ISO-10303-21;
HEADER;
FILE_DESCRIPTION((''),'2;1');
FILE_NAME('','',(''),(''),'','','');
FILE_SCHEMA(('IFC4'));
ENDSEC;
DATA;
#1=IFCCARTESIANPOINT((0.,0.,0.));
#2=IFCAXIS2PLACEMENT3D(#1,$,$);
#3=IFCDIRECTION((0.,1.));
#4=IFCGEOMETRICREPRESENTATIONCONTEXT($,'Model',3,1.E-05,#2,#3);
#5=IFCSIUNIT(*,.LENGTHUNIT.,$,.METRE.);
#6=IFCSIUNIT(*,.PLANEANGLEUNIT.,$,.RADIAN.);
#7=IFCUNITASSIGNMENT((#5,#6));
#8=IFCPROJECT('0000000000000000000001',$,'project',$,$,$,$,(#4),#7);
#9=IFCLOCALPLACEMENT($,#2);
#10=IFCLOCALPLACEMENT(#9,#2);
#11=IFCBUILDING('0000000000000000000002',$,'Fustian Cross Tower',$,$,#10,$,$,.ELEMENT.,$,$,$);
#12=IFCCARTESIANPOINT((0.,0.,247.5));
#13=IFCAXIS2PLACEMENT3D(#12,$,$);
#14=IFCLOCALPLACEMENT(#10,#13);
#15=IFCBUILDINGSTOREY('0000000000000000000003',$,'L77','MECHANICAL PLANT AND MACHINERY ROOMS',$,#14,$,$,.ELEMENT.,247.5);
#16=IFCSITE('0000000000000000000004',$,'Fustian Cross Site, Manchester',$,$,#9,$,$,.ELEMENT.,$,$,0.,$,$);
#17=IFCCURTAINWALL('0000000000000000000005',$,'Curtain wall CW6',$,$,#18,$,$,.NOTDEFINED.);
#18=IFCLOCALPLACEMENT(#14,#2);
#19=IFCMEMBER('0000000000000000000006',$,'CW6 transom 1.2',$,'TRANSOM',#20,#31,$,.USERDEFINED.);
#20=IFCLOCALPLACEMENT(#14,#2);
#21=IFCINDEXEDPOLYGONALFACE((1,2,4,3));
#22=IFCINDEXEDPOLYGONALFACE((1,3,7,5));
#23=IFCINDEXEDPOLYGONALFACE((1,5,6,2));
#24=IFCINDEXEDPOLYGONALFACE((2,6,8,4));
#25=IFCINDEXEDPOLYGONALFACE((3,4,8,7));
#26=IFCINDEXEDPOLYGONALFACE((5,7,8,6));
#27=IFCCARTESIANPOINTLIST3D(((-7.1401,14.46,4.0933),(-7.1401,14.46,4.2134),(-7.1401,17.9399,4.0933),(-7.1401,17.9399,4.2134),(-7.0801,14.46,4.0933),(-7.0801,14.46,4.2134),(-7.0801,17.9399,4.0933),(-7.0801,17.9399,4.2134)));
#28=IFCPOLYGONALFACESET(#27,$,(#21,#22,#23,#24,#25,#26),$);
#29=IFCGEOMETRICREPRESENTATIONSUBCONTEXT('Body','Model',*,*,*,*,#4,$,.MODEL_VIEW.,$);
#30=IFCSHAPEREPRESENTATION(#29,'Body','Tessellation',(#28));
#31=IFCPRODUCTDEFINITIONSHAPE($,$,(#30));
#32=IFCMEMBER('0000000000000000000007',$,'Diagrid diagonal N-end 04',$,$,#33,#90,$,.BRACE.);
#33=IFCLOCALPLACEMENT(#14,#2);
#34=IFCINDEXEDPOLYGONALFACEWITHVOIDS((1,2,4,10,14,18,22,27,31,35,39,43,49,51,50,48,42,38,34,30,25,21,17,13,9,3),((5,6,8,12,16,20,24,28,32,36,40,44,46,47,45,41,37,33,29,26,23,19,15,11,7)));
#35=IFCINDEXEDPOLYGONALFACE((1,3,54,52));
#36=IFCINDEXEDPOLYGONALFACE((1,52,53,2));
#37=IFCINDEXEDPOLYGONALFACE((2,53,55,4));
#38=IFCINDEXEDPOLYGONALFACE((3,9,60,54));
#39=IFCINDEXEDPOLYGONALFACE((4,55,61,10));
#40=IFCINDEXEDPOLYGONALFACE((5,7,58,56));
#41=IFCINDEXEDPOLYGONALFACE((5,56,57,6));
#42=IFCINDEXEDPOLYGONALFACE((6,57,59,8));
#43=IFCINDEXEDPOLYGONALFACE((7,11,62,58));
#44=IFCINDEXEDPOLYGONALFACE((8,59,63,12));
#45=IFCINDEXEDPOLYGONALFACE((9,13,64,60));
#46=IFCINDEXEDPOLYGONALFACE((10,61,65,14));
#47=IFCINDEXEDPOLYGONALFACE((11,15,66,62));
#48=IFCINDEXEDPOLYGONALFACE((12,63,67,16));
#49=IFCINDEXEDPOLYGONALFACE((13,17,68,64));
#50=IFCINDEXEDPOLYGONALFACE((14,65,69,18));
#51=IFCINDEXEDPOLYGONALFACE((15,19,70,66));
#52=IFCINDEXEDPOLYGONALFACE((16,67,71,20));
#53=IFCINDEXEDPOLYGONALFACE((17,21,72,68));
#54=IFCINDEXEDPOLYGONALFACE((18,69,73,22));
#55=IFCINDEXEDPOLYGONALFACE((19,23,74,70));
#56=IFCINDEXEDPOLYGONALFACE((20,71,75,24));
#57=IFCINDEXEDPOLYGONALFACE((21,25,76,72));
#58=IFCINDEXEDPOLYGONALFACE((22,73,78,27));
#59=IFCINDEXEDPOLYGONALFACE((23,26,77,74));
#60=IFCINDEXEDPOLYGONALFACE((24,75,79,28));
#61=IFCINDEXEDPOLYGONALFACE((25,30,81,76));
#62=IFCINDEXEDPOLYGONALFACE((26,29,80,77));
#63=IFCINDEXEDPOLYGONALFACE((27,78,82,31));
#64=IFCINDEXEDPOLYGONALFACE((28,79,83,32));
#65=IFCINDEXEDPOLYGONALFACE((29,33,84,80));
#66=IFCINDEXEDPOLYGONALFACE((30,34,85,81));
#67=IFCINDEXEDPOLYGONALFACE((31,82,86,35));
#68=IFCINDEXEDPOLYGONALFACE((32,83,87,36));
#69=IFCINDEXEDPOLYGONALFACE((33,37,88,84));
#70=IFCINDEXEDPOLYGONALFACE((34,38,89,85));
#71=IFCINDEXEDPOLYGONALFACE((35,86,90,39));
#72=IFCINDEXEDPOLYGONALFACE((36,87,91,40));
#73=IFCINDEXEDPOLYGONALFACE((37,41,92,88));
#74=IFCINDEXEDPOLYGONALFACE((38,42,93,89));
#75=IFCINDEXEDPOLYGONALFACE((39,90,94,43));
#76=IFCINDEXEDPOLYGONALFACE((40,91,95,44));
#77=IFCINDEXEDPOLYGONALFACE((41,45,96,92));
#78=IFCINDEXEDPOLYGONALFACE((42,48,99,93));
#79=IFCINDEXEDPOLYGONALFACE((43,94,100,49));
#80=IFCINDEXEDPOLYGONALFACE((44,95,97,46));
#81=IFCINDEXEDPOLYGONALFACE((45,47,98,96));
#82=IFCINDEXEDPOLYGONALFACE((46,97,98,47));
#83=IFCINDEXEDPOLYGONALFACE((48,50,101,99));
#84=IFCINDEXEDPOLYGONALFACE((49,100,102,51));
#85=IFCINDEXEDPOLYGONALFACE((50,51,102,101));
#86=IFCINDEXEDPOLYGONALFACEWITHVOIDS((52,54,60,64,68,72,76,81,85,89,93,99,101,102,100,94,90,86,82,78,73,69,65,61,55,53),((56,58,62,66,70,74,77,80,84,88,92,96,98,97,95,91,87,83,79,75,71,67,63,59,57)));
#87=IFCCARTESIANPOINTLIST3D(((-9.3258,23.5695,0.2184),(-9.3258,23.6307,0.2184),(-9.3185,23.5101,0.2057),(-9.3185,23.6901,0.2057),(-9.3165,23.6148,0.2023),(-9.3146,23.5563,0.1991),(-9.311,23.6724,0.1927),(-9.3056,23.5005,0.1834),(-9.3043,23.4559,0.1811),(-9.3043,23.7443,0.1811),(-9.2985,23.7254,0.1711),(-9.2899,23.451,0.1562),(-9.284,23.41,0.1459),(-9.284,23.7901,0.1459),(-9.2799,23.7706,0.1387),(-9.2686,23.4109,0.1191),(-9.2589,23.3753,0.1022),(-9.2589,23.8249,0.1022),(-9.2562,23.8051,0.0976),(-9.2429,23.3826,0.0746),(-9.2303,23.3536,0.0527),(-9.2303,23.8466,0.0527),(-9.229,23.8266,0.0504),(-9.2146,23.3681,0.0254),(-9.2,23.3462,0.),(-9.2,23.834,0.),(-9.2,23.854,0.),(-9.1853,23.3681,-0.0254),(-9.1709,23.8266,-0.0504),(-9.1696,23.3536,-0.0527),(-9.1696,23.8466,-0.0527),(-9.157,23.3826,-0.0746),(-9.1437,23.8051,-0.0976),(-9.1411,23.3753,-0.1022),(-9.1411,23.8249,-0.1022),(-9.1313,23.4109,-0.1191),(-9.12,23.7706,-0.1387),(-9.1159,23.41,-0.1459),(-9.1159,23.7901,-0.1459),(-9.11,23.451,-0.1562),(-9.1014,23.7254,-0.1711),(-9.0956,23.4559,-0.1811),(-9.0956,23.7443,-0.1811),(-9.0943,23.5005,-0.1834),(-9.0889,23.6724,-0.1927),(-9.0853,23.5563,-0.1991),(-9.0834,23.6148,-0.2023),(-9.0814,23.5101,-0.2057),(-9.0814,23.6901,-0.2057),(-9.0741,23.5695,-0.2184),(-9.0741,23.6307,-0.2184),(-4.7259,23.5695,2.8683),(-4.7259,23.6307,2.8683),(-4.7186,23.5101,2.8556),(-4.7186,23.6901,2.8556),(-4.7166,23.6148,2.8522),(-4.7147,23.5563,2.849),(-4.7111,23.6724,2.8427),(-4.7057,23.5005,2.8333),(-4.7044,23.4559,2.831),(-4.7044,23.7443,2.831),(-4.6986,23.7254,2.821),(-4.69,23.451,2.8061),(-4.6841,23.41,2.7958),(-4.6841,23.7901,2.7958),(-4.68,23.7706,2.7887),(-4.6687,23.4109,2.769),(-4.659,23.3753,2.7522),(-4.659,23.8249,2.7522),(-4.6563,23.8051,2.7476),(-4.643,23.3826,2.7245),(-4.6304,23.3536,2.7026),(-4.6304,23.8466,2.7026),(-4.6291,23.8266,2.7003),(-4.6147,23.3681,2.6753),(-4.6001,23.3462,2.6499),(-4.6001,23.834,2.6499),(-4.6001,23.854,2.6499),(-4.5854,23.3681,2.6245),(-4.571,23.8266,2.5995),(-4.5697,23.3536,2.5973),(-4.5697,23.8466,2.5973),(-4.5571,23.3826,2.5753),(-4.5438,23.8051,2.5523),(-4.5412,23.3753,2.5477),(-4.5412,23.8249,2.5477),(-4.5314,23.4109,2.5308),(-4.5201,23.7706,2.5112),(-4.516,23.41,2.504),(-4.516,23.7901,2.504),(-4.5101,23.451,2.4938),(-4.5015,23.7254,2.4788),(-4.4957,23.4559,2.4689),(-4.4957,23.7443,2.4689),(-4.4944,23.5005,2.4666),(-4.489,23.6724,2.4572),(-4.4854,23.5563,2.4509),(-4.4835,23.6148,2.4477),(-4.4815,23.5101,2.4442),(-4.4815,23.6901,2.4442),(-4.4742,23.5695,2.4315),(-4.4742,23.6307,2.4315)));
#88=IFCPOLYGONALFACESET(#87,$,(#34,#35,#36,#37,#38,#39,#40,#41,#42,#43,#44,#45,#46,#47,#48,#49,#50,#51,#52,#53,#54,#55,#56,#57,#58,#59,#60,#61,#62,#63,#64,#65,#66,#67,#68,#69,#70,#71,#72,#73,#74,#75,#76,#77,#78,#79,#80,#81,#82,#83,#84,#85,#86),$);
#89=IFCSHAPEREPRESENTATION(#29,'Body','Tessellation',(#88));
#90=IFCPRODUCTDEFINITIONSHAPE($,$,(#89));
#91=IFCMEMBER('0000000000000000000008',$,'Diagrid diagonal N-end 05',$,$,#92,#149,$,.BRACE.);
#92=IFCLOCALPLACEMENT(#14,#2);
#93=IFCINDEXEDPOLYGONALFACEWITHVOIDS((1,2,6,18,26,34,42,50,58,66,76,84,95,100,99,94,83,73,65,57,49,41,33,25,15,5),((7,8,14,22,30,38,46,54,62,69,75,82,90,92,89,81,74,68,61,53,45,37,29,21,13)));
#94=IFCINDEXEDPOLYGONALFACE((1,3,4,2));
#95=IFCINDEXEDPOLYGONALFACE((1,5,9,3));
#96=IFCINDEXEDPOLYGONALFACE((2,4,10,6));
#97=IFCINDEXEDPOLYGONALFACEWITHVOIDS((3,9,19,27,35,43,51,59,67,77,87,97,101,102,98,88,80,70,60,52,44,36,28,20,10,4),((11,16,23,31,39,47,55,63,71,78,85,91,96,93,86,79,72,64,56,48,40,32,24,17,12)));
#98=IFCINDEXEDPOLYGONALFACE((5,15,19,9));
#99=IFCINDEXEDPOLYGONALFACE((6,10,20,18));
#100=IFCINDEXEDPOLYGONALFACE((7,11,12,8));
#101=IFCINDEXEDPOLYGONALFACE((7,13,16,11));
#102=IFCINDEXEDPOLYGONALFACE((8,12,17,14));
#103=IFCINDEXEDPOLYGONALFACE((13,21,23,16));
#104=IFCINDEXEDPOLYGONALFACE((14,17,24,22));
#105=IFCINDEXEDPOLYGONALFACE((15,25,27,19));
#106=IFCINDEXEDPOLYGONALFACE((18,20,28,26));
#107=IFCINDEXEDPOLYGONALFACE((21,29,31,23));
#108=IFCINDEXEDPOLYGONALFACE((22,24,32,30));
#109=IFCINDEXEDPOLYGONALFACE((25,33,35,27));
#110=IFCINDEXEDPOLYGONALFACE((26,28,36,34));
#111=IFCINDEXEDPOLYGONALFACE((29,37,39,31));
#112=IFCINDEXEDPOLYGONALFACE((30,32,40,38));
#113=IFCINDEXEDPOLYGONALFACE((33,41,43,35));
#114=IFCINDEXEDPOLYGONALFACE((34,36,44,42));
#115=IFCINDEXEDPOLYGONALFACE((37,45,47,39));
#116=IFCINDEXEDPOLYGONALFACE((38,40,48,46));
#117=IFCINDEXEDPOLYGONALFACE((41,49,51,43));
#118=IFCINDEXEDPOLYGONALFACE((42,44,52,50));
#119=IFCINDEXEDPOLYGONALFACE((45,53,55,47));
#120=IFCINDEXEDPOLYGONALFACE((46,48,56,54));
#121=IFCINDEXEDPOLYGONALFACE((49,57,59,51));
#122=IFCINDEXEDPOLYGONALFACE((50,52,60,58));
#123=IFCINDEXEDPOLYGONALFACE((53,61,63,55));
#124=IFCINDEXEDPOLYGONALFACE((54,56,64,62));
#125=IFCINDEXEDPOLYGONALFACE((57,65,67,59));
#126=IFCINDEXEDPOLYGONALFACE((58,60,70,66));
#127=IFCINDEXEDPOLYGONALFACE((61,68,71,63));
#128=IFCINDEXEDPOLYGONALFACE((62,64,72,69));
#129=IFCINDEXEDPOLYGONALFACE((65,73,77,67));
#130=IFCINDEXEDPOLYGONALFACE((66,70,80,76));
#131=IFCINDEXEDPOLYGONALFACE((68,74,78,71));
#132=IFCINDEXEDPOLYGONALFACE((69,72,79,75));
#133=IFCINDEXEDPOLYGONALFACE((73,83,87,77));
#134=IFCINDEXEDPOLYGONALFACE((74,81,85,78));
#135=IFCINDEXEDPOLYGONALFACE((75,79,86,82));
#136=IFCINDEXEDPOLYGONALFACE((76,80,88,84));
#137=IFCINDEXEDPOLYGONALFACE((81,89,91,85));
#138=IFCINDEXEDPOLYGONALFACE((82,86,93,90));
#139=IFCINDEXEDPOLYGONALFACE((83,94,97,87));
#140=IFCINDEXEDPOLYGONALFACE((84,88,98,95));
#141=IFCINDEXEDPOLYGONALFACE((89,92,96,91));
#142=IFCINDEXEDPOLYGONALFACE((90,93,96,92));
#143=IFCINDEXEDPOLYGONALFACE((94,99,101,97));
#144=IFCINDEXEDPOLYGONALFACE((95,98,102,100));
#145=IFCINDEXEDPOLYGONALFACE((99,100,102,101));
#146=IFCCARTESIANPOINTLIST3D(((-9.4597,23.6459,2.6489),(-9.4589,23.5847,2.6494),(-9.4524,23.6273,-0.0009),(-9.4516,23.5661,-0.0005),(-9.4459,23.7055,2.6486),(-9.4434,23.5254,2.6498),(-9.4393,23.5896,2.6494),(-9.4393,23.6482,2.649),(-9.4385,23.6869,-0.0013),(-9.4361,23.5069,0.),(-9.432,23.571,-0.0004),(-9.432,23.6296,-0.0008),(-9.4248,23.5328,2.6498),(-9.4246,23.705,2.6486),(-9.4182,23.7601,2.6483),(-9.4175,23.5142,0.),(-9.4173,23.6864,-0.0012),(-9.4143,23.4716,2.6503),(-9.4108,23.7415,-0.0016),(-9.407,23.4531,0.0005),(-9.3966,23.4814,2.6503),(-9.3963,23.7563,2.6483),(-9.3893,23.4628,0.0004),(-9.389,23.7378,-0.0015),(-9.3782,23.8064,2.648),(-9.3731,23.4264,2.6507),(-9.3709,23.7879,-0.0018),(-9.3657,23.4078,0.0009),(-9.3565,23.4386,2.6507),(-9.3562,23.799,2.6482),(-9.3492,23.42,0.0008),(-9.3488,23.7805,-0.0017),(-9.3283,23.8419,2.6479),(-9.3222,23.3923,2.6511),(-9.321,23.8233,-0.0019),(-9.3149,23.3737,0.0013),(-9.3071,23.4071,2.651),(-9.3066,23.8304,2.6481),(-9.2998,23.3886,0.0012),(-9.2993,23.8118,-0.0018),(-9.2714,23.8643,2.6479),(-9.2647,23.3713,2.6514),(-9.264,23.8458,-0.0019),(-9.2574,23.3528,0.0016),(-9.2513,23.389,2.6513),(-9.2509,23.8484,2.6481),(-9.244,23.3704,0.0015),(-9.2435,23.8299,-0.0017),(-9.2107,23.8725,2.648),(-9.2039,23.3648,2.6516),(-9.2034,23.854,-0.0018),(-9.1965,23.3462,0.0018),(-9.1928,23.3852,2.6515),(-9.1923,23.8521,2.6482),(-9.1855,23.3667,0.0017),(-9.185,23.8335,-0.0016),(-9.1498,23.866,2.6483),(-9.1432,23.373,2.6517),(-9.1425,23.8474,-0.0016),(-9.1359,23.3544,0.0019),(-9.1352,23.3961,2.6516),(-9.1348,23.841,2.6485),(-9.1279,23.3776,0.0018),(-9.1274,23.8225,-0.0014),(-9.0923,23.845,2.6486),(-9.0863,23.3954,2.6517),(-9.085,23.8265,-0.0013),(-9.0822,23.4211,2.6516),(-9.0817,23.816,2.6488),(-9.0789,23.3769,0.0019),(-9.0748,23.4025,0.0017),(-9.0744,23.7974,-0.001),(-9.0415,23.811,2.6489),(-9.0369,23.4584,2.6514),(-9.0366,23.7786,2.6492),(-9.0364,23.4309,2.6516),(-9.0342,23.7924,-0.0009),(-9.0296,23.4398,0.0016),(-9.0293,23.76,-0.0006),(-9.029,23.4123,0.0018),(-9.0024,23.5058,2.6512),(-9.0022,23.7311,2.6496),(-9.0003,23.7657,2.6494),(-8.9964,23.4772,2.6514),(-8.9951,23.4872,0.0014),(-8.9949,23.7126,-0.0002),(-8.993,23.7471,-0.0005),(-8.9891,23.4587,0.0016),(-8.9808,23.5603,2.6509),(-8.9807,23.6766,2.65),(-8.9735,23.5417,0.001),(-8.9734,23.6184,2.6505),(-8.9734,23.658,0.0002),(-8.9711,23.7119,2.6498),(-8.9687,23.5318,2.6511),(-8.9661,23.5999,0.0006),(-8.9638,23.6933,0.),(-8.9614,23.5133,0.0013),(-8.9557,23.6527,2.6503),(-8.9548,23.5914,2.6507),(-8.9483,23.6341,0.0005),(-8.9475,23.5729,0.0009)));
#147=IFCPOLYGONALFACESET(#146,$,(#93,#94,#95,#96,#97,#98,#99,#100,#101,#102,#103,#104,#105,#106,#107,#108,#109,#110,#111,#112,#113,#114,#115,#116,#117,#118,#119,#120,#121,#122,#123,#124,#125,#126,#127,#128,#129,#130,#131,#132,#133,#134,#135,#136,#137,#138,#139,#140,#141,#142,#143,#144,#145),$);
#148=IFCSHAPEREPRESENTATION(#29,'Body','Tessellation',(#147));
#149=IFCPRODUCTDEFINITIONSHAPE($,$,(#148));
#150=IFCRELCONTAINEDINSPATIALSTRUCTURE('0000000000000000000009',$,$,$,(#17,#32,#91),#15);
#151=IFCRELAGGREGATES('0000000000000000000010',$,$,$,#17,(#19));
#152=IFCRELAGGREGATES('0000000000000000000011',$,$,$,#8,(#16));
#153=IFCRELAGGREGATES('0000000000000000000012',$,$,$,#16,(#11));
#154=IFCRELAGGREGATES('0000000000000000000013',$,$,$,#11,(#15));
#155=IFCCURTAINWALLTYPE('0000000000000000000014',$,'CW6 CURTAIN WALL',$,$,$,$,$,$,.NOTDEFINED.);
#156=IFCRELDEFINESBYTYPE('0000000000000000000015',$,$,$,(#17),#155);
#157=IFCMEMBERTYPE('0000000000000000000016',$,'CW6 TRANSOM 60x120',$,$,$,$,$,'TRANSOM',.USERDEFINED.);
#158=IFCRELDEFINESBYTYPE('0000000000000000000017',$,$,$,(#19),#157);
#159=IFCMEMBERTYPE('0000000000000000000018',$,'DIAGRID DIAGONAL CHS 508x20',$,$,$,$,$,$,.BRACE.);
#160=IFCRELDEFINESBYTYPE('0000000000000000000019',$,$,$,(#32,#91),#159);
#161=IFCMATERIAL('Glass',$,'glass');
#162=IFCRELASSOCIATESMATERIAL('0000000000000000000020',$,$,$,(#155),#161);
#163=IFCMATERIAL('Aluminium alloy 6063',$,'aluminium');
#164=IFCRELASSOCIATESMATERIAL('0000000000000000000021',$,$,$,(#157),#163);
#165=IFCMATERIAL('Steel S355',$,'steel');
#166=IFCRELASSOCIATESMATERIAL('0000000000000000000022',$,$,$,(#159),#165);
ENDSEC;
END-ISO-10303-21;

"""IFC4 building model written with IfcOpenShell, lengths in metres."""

from ifc_helpers import new_model, si_unit, direction, frame, origin, origin_2d, place, context, subcontext, project, spatial, rectangle, hollow_circle, extrude, material, material_profile, profile_set, type_object, element, aggregate, save


model = new_model("IFC4")

# Units and contexts
model_context = context("Model", 3, precision=1e-05, world=origin(), true_north=direction((0.0, 1.0)))
body_context = subcontext(model_context, "Body", "Model", "MODEL_VIEW")
ifc_project = project(units=[si_unit("LENGTHUNIT", "METRE"), si_unit("PLANEANGLEUNIT", "RADIAN")], contexts=[model_context])

# Site, building, storey
site_placement = place(None, origin())
site = spatial("IfcSite", under=ifc_project, at=site_placement, Name="Fustian Cross Site, Manchester", CompositionType="ELEMENT", RefElevation=0.0)
building_placement = place(site_placement, origin())
building = spatial("IfcBuilding", under=site, at=building_placement, Name="Fustian Cross Tower", CompositionType="ELEMENT")
storey_placement = place(building_placement, frame((0.0, 0.0, 247.5)))
storey = spatial("IfcBuildingStorey", under=building, at=storey_placement, Name="L77", Description="MECHANICAL PLANT AND MACHINERY ROOMS", CompositionType="ELEMENT", Elevation=247.5)

# Shared definitions
ifc_material_1 = material(Name="Glass", Category="glass")
curtain_wall_type = type_object("IfcCurtainWallType", Name="CW6 CURTAIN WALL", PredefinedType="NOTDEFINED", material=ifc_material_1)

# Curtain wall
curtain_wall_1_placement = place(storey_placement, origin())
curtain_wall_1 = element("IfcCurtainWall", 1, at=curtain_wall_1_placement, inside=storey, type_object=curtain_wall_type, Name="Curtain wall CW6", PredefinedType="NOTDEFINED")

# Member
ifc_material_2 = material(Name="Aluminium alloy 6063", Category="aluminium")
ifc_material_profile_1 = material_profile(ifc_material_2, rectangle(XDim=0.0601, YDim=0.1201, at=origin_2d()), Name="CW6 TRANSOM 60x120")
ifc_profile_set_1 = profile_set([ifc_material_profile_1], Name="Aluminium alloy 6063")
member_type_1 = type_object("IfcMemberType", Name="CW6 TRANSOM 60x120", ElementType="TRANSOM", PredefinedType="USERDEFINED", material=ifc_profile_set_1)
member_1_placement = place(storey_placement, frame((-7.1101, 17.9399, 4.1533), z_axis=(0.0, -1.0, 0.0), x_axis=(1.0, 0.0, 0.0)))
member_1 = element("IfcMember", 2, at=member_1_placement, type_object=member_type_1, Name="CW6 transom 1.2", ObjectType="TRANSOM", PredefinedType="USERDEFINED", context=body_context, shape_type="SweptSolid", body=[
    extrude(rectangle(XDim=0.0601, YDim=0.1201, at=origin_2d()), origin(), (0.0, 0.0, 1.0), 3.48),
])
aggregate(curtain_wall_1, [member_1])

# Members
ifc_material_3 = material(Name="Steel S355", Category="steel")
ifc_material_profile_2 = material_profile(ifc_material_3, hollow_circle(Radius=0.2539, WallThickness=0.02, at=origin_2d()), Name="CHS 508x20")
ifc_profile_set_2 = profile_set([ifc_material_profile_2], Name="Steel S355")
member_type_2 = type_object("IfcMemberType", Name="DIAGRID DIAGONAL CHS 508x20", PredefinedType="BRACE", material=ifc_profile_set_2)
member_2_placement = place(storey_placement, frame((-9.2, 23.6001, 0.0), z_axis=(0.8665, 0.0, 0.499177), x_axis=(0.0, 1.0, 0.0)))
element("IfcMember", 3, at=member_2_placement, inside=storey, type_object=member_type_2, Name="Diagrid diagonal N-end 04", PredefinedType="BRACE", context=body_context, shape_type="SweptSolid", body=[
    extrude(hollow_circle(Radius=0.2539, WallThickness=0.02, at=origin_2d()), origin(), (0.0, 0.0, 1.0), 5.3086),
])
member_3_placement = place(storey_placement, frame((-9.2, 23.6001, 0.0), z_axis=(-0.002764, 0.007002, 0.999972), x_axis=(-0.930155, -0.367167, 0.0)))
element("IfcMember", 4, at=member_3_placement, inside=storey, type_object=member_type_2, Name="Diagrid diagonal N-end 05", PredefinedType="BRACE", context=body_context, shape_type="SweptSolid", body=[
    extrude(hollow_circle(Radius=0.2539, WallThickness=0.02, at=origin_2d()), origin(), (0.0, 0.0, 1.0), 2.6499),
])

save(model, "model.ifc")
